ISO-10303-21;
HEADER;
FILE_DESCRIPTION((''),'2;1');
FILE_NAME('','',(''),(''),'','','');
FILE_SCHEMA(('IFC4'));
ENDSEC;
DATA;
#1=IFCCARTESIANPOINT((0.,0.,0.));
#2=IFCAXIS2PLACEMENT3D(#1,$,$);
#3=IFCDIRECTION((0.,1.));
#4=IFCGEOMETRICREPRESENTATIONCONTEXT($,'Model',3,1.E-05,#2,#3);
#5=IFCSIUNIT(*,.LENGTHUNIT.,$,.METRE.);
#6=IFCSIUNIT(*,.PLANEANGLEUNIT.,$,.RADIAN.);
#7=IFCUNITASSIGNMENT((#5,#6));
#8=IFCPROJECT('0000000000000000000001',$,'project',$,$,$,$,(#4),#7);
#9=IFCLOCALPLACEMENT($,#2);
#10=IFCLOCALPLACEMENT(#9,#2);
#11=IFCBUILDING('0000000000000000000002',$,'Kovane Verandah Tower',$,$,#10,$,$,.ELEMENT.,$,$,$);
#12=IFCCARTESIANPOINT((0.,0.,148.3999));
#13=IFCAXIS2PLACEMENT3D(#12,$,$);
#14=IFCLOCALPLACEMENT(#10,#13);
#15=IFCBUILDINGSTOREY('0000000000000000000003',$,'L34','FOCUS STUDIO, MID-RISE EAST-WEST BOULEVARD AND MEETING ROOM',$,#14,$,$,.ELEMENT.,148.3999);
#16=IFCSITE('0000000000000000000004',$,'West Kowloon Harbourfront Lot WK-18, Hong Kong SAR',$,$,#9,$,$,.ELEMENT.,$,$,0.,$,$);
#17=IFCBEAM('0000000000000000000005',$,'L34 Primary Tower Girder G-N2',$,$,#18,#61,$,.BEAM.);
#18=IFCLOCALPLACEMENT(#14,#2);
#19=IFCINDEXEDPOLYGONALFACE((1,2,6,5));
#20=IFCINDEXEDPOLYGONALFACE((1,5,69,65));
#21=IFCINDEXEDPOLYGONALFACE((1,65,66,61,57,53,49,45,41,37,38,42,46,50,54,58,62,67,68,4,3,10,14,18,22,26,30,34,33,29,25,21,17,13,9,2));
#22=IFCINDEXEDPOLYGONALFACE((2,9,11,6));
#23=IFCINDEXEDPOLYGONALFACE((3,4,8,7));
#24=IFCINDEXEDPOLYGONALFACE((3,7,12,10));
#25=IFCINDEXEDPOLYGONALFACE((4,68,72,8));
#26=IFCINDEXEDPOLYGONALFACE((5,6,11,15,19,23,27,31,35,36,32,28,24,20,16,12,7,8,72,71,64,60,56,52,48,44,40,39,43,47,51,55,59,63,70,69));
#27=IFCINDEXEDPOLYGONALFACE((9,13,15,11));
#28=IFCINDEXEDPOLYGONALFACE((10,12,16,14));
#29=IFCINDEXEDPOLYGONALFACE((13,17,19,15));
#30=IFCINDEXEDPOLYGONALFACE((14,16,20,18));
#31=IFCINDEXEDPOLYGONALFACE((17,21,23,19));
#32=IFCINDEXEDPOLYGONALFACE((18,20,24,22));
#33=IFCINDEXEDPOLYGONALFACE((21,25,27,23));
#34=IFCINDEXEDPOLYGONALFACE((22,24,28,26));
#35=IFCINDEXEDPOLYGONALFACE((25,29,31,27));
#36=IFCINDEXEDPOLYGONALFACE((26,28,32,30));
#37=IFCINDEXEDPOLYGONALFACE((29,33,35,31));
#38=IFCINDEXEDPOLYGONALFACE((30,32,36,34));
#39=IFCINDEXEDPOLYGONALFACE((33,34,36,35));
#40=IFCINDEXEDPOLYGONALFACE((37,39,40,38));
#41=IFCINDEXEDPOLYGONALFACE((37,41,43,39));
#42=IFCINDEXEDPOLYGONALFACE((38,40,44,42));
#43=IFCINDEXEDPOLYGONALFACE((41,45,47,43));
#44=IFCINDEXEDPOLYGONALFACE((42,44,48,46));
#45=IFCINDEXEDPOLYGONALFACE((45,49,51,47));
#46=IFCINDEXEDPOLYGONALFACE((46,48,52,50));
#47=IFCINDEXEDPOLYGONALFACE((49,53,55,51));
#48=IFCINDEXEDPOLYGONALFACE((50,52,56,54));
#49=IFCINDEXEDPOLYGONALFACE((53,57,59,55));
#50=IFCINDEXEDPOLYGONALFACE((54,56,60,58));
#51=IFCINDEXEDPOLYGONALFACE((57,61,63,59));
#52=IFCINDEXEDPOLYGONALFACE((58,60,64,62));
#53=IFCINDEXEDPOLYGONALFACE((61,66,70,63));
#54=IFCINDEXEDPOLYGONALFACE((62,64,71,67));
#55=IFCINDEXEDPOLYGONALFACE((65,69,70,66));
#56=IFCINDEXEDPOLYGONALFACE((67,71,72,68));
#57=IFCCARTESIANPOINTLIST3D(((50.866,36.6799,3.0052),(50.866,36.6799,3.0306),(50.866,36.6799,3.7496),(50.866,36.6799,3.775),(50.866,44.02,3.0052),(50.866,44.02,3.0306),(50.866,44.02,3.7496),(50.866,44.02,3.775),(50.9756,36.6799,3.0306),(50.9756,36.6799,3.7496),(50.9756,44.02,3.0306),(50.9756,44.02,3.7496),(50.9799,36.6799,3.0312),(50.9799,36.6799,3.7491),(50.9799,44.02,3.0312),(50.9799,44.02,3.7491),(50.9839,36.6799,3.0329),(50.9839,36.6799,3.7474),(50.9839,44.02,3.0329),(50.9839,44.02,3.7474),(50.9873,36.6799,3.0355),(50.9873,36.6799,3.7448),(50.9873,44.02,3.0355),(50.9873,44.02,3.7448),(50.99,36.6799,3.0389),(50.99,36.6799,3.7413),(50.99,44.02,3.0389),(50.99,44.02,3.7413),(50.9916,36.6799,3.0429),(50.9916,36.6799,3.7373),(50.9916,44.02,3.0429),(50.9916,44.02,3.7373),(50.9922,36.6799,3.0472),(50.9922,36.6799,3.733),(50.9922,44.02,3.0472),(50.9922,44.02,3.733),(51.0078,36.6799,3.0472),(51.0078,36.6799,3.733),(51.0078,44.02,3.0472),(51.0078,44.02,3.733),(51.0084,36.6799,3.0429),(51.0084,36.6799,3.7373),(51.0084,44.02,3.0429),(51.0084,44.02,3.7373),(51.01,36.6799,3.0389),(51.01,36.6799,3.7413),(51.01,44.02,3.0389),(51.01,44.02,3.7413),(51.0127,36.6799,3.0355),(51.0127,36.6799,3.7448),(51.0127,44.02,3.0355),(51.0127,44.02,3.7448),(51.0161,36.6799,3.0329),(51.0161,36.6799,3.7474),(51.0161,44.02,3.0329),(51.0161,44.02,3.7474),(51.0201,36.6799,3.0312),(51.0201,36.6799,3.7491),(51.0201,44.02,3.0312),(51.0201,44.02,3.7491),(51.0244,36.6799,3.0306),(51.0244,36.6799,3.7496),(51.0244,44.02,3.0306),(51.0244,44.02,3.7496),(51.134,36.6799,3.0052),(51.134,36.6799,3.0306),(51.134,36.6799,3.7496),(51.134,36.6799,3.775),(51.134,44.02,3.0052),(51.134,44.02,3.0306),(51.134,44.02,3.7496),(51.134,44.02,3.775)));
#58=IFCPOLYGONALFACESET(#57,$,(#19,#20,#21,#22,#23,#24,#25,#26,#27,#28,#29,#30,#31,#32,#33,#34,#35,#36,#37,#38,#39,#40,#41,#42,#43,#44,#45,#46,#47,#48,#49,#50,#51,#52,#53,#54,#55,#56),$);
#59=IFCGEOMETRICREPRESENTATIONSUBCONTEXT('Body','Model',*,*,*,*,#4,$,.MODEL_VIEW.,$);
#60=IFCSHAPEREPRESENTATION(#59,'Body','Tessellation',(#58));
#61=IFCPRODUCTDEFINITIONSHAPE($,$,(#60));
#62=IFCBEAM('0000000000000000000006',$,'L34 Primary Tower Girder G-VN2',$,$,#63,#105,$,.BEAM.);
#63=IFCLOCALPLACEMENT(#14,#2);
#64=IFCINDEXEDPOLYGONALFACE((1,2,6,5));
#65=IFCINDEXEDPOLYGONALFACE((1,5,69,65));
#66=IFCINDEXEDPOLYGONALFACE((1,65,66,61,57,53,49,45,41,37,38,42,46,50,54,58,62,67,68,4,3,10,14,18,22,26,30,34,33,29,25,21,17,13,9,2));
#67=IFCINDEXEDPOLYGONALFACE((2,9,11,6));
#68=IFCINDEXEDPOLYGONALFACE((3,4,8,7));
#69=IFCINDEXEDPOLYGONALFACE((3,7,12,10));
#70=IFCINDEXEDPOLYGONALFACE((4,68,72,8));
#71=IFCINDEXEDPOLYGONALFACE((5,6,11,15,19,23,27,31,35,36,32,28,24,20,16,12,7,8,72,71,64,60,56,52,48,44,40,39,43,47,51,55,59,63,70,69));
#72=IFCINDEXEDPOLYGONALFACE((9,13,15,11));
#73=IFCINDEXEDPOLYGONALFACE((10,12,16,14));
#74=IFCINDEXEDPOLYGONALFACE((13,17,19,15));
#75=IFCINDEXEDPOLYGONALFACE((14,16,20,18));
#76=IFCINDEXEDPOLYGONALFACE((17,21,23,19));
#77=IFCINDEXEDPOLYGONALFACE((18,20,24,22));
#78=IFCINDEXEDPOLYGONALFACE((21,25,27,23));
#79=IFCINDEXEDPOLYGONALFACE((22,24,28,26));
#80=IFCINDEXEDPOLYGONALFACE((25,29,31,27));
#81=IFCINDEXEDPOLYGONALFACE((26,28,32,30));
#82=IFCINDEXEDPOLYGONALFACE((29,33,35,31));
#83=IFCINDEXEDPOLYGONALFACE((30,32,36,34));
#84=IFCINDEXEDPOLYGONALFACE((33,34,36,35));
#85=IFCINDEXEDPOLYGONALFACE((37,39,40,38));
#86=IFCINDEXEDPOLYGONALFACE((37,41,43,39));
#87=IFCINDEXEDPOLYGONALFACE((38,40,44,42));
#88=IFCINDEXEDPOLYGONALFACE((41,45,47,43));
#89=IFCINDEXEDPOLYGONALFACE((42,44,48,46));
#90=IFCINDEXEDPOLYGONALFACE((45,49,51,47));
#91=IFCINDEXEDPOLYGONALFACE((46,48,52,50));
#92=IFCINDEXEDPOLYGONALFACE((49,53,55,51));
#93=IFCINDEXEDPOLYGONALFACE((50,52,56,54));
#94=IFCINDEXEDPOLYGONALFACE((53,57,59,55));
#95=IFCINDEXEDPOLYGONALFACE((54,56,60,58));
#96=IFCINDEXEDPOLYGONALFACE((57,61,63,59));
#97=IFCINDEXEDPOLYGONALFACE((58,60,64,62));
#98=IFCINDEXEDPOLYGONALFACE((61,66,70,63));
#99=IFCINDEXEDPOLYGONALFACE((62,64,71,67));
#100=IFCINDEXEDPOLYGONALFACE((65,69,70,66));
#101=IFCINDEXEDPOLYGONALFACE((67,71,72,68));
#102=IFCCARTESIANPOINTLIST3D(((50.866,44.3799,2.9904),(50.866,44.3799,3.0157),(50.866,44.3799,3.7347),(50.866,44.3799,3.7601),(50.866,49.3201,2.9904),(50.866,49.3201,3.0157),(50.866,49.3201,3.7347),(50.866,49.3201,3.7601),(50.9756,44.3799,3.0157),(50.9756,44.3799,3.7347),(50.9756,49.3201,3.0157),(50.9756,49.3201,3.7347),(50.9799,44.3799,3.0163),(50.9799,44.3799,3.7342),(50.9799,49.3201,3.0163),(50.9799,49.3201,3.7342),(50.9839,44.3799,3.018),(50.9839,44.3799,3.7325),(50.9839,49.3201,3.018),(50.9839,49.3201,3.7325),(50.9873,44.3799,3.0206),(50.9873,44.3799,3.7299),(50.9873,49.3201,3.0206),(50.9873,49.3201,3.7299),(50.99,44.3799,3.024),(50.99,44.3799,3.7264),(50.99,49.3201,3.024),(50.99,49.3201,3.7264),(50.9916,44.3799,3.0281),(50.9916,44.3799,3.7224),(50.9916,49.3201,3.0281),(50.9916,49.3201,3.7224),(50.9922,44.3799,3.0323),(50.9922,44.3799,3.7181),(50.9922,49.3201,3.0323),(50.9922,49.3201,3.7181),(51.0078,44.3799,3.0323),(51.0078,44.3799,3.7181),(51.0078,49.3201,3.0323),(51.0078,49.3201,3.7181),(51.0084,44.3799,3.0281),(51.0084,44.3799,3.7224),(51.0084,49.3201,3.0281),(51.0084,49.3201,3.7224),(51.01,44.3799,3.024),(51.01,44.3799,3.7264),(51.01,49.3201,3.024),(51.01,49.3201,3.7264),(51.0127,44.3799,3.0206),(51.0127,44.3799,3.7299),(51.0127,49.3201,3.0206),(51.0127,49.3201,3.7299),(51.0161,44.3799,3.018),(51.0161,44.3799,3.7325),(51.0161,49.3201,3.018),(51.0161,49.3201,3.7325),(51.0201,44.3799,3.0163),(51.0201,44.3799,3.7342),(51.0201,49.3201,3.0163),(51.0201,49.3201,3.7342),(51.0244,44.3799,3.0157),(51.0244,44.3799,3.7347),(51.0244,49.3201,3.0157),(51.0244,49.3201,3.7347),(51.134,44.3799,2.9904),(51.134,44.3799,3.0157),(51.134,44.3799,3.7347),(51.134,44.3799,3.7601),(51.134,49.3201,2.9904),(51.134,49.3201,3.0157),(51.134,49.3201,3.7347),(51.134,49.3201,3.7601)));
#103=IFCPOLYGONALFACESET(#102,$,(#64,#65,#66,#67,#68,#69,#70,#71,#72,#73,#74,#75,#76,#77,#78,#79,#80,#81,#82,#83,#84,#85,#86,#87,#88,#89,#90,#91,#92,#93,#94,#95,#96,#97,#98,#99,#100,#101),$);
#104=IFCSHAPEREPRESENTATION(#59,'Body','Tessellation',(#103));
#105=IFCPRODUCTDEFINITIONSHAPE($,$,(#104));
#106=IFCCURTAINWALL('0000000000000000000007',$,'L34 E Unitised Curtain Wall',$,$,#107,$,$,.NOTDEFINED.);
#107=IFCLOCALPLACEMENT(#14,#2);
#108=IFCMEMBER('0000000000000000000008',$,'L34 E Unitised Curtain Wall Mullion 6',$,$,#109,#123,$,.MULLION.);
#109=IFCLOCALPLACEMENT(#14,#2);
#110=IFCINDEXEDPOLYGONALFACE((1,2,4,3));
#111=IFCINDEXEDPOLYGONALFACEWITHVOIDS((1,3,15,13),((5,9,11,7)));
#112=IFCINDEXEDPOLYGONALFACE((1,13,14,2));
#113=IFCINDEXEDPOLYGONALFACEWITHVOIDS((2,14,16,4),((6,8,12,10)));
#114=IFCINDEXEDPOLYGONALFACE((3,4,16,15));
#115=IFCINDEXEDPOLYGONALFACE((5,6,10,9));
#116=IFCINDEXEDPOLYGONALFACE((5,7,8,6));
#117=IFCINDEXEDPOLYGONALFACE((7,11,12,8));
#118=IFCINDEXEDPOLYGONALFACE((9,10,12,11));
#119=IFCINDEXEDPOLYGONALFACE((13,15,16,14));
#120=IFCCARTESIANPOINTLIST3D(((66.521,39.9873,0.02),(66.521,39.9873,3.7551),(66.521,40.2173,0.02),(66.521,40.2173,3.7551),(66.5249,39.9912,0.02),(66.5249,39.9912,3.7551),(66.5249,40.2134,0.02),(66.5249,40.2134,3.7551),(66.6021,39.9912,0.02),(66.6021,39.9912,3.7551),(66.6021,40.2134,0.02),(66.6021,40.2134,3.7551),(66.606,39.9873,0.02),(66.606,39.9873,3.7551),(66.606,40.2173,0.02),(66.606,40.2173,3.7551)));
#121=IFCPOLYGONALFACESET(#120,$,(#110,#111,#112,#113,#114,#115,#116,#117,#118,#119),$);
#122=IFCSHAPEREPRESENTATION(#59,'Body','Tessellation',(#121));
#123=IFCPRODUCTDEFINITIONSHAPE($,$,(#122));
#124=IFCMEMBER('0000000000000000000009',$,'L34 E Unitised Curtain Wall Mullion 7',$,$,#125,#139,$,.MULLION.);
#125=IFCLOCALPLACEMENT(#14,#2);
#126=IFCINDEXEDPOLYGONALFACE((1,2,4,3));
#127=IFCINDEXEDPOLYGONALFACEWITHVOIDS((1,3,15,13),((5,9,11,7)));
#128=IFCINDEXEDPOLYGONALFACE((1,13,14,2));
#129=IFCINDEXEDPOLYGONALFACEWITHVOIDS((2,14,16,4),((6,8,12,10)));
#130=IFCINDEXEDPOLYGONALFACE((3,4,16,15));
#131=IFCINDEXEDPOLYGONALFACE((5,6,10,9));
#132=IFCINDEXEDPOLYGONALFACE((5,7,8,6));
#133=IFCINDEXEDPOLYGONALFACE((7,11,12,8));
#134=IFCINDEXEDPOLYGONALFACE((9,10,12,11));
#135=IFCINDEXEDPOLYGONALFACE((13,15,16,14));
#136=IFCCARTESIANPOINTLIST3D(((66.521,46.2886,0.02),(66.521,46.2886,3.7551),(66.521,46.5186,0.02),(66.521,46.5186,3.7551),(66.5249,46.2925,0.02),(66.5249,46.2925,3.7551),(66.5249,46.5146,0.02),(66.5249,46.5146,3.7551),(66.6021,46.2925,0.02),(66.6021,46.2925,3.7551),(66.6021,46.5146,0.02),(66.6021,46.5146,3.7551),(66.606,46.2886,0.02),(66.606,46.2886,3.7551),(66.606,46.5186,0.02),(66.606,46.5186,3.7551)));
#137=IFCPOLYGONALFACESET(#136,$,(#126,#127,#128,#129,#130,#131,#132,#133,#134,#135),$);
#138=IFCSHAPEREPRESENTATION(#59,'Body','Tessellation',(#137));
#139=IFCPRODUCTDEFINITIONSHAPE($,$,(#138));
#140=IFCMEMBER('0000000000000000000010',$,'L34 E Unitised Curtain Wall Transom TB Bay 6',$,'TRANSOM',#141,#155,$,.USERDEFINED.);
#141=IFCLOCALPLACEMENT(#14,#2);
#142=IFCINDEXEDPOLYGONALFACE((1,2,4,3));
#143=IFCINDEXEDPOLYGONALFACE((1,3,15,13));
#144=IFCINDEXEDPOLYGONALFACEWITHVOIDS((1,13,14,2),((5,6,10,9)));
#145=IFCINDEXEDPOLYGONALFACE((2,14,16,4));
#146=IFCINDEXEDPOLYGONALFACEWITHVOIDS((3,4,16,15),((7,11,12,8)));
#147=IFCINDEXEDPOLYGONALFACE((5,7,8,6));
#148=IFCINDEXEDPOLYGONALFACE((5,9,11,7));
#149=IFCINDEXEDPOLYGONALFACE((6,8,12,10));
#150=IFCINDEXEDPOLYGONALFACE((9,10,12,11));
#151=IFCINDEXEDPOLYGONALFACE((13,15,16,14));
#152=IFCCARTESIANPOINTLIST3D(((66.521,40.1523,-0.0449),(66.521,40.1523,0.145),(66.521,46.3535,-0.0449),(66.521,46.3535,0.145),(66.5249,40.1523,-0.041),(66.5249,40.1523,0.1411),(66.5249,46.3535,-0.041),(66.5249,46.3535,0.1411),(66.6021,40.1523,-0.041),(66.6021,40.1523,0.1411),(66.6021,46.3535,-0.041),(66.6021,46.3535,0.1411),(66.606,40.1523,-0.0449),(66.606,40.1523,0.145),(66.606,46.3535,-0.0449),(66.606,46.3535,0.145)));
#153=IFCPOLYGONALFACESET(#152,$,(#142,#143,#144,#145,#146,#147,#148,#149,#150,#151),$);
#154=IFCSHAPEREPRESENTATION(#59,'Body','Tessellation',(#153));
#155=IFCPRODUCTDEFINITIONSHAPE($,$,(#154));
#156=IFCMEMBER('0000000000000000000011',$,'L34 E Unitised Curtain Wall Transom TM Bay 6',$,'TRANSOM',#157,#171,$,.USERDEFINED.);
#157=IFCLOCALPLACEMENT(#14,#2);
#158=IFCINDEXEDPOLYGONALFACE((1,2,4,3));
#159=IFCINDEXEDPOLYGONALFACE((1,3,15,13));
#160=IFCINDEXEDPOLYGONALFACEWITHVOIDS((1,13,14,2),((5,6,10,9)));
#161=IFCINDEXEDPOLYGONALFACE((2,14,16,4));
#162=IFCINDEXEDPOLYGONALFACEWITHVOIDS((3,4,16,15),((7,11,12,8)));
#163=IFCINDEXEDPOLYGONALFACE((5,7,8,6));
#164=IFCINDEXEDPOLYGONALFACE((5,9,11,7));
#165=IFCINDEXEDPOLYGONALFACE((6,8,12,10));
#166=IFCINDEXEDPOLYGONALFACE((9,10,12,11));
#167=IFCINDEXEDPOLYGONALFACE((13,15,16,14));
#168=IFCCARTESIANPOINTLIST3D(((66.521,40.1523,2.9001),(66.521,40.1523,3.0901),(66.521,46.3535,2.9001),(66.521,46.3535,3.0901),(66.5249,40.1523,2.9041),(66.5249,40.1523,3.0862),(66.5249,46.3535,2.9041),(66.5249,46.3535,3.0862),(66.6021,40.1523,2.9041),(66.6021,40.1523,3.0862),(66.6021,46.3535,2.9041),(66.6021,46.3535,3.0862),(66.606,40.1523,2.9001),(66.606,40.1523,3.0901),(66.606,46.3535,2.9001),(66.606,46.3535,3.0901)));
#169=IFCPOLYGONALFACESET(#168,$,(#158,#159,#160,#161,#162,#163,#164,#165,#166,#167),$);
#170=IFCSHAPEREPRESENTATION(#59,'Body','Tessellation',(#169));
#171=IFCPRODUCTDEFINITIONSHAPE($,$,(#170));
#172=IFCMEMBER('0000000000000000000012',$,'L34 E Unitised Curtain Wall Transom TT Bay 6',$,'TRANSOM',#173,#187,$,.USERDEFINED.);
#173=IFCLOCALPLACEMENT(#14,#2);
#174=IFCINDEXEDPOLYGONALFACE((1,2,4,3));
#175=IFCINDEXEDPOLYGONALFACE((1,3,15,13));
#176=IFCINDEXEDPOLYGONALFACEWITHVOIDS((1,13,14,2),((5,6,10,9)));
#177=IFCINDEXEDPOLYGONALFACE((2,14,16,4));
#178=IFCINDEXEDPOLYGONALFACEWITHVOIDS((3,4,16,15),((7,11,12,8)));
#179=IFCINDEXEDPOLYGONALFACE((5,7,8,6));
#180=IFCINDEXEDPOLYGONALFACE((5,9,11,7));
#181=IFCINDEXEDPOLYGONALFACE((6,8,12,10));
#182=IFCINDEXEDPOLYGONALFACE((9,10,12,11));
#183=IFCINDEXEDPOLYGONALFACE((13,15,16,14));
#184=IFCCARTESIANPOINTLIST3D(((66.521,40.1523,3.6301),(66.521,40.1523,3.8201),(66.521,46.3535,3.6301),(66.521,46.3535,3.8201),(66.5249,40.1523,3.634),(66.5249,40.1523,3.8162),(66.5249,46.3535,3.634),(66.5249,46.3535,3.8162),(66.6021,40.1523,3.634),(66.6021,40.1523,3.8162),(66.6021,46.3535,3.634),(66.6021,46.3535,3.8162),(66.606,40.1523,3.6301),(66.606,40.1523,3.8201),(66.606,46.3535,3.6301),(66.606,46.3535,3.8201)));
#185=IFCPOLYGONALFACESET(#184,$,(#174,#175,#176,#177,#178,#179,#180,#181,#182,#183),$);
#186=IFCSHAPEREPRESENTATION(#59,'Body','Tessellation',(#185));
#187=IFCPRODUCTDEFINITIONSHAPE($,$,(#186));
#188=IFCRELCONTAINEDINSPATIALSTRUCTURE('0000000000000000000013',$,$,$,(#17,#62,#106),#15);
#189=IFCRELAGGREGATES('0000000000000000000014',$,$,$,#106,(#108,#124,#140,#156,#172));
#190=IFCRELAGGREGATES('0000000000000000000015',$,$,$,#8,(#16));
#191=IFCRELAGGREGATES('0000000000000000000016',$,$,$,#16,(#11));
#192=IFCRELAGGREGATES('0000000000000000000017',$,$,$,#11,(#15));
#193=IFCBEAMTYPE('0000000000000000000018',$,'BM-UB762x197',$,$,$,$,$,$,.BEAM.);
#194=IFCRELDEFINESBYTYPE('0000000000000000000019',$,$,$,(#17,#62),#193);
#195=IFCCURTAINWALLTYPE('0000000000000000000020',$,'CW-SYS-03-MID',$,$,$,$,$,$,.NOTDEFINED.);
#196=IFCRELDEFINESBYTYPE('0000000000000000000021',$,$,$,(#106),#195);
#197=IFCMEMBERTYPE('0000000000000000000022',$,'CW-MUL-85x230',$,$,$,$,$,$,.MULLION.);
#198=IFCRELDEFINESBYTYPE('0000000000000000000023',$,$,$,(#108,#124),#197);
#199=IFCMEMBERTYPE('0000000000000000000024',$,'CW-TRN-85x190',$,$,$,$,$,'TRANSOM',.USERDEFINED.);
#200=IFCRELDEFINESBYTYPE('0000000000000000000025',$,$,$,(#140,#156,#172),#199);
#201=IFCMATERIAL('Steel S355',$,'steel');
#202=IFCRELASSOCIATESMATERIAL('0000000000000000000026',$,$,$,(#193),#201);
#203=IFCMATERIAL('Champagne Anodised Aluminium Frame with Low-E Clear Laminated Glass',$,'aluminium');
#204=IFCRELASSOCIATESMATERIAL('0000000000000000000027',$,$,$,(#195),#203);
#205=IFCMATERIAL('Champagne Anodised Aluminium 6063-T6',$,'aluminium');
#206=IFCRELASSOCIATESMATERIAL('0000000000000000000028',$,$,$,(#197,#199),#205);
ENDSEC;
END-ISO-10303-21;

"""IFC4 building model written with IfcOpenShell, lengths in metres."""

from ifc_helpers import new_model, si_unit, direction, frame, origin, origin_2d, place, context, subcontext, project, spatial, hollow_rectangle, i_section, extrude, material, material_profile, profile_set, type_object, element, aggregate, save


model = new_model("IFC4")

# Units and contexts
model_context = context("Model", 3, precision=1e-05, world=origin(), true_north=direction((0.0, 1.0)))
body_context = subcontext(model_context, "Body", "Model", "MODEL_VIEW")
ifc_project = project(units=[si_unit("LENGTHUNIT", "METRE"), si_unit("PLANEANGLEUNIT", "RADIAN")], contexts=[model_context])

# Site, building, storey
site_placement = place(None, origin())
site = spatial("IfcSite", under=ifc_project, at=site_placement, Name="West Kowloon Harbourfront Lot WK-18, Hong Kong SAR", CompositionType="ELEMENT", RefElevation=0.0)
building_placement = place(site_placement, origin())
building = spatial("IfcBuilding", under=site, at=building_placement, Name="Kovane Verandah Tower", CompositionType="ELEMENT")
storey_placement = place(building_placement, frame((0.0, 0.0, 148.3999)))
storey = spatial("IfcBuildingStorey", under=building, at=storey_placement, Name="L34", Description="FOCUS STUDIO, MID-RISE EAST-WEST BOULEVARD AND MEETING ROOM", CompositionType="ELEMENT", Elevation=148.3999)

# Beams
ifc_material_1 = material(Name="Steel S355", Category="steel")
ifc_material_profile_1 = material_profile(ifc_material_1, i_section(OverallWidth=0.2681, OverallDepth=0.7698, WebThickness=0.0156, FlangeThickness=0.0254, FilletRadius=0.0166, at=origin_2d()), Name="UB762x267x197")
ifc_profile_set_1 = profile_set([ifc_material_profile_1], Name="Steel S355")
beam_type_1 = type_object("IfcBeamType", Name="BM-UB762x197", PredefinedType="BEAM", material=ifc_profile_set_1)
for number, where, z_axis, x_axis, name in (
    (1, (51.0, 36.6799, 3.3901), (0.0, 1.0, 0.0), (-1.0, 0.0, 0.0), "L34 Primary Tower Girder G-N2"),
):
    element("IfcBeam", number, at=place(storey_placement, frame(where, z_axis=z_axis, x_axis=x_axis)), inside=storey, type_object=beam_type_1, Name=name, PredefinedType="BEAM", context=body_context, shape_type="SweptSolid", body=[
        extrude(i_section(OverallWidth=0.2681, OverallDepth=0.7698, WebThickness=0.0156, FlangeThickness=0.0254, FilletRadius=0.0166, at=origin_2d()), origin(), (0.0, 0.0, 1.0), 7.3401),
    ])
beam_1_placement = place(storey_placement, frame((51.0, 44.3799, 3.3752), z_axis=(0.0, 1.0, 0.0), x_axis=(-1.0, 0.0, 0.0)))
element("IfcBeam", 2, at=beam_1_placement, inside=storey, type_object=beam_type_1, Name="L34 Primary Tower Girder G-VN2", PredefinedType="BEAM", context=body_context, shape_type="SweptSolid", body=[
    extrude(i_section(OverallWidth=0.2681, OverallDepth=0.7698, WebThickness=0.0156, FlangeThickness=0.0254, FilletRadius=0.0166, at=origin_2d()), origin(), (0.0, 0.0, 1.0), 4.9402),
])

# Curtain wall, members
ifc_material_2 = material(Name="Champagne Anodised Aluminium Frame with Low-E Clear Laminated Glass", Category="aluminium")
curtain_wall_type = type_object("IfcCurtainWallType", Name="CW-SYS-03-MID", PredefinedType="NOTDEFINED", material=ifc_material_2)
curtain_wall_placement = place(storey_placement, origin())
curtain_wall = element("IfcCurtainWall", 3, at=curtain_wall_placement, inside=storey, type_object=curtain_wall_type, Name="L34 E Unitised Curtain Wall", PredefinedType="NOTDEFINED")
ifc_material_3 = material(Name="Champagne Anodised Aluminium 6063-T6", Category="aluminium")
ifc_material_profile_2 = material_profile(ifc_material_3, hollow_rectangle(XDim=0.085, YDim=0.23, WallThickness=0.0039, at=origin_2d()), Name="AL85x230x4")
ifc_profile_set_2 = profile_set([ifc_material_profile_2], Name="Champagne Anodised Aluminium 6063-T6")
member_type_1 = type_object("IfcMemberType", Name="CW-MUL-85x230", PredefinedType="MULLION", material=ifc_profile_set_2)
member_1_placement = place(storey_placement, frame((66.5635, 40.1023, 0.02), z_axis=(0.0, 0.0, 1.0), x_axis=(1.0, 0.0, 0.0)))
member_1 = element("IfcMember", 4, at=member_1_placement, type_object=member_type_1, Name="L34 E Unitised Curtain Wall Mullion 6", PredefinedType="MULLION", context=body_context, shape_type="SweptSolid", body=[
    extrude(hollow_rectangle(XDim=0.085, YDim=0.23, WallThickness=0.0039, at=origin_2d()), origin(), (0.0, 0.0, 1.0), 3.7351),
])
member_2_placement = place(storey_placement, frame((66.5635, 46.4036, 0.02), z_axis=(0.0, 0.0, 1.0), x_axis=(1.0, 0.0, 0.0)))
member_2 = element("IfcMember", 5, at=member_2_placement, type_object=member_type_1, Name="L34 E Unitised Curtain Wall Mullion 7", PredefinedType="MULLION", context=body_context, shape_type="SweptSolid", body=[
    extrude(hollow_rectangle(XDim=0.085, YDim=0.23, WallThickness=0.0039, at=origin_2d()), origin(), (0.0, 0.0, 1.0), 3.7351),
])
ifc_material_profile_3 = material_profile(ifc_material_3, hollow_rectangle(XDim=0.085, YDim=0.1899, WallThickness=0.0039, at=origin_2d()), Name="AL85x190x4")
ifc_profile_set_3 = profile_set([ifc_material_profile_3], Name="Champagne Anodised Aluminium 6063-T6")
member_type_2 = type_object("IfcMemberType", Name="CW-TRN-85x190", ElementType="TRANSOM", PredefinedType="USERDEFINED", material=ifc_profile_set_3)
member_3_placement = place(storey_placement, frame((66.5635, 40.1523, 0.05), z_axis=(0.0, 1.0, 0.0), x_axis=(-1.0, 0.0, 0.0)))
member_3 = element("IfcMember", 6, at=member_3_placement, type_object=member_type_2, Name="L34 E Unitised Curtain Wall Transom TB Bay 6", ObjectType="TRANSOM", PredefinedType="USERDEFINED", context=body_context, shape_type="SweptSolid", body=[
    extrude(hollow_rectangle(XDim=0.085, YDim=0.1899, WallThickness=0.0039, at=origin_2d()), origin(), (0.0, 0.0, 1.0), 6.2012),
])
member_4_placement = place(storey_placement, frame((66.5635, 40.1523, 2.9951), z_axis=(0.0, 1.0, 0.0), x_axis=(-1.0, 0.0, 0.0)))
member_4 = element("IfcMember", 7, at=member_4_placement, type_object=member_type_2, Name="L34 E Unitised Curtain Wall Transom TM Bay 6", ObjectType="TRANSOM", PredefinedType="USERDEFINED", context=body_context, shape_type="SweptSolid", body=[
    extrude(hollow_rectangle(XDim=0.085, YDim=0.1899, WallThickness=0.0039, at=origin_2d()), origin(), (0.0, 0.0, 1.0), 6.2012),
])
member_5_placement = place(storey_placement, frame((66.5635, 40.1523, 3.7251), z_axis=(0.0, 1.0, 0.0), x_axis=(-1.0, 0.0, 0.0)))
member_5 = element("IfcMember", 8, at=member_5_placement, type_object=member_type_2, Name="L34 E Unitised Curtain Wall Transom TT Bay 6", ObjectType="TRANSOM", PredefinedType="USERDEFINED", context=body_context, shape_type="SweptSolid", body=[
    extrude(hollow_rectangle(XDim=0.085, YDim=0.1899, WallThickness=0.0039, at=origin_2d()), origin(), (0.0, 0.0, 1.0), 6.2012),
])

aggregate(curtain_wall, [member_1, member_2, member_3, member_4, member_5])

save(model, "model.ifc")
